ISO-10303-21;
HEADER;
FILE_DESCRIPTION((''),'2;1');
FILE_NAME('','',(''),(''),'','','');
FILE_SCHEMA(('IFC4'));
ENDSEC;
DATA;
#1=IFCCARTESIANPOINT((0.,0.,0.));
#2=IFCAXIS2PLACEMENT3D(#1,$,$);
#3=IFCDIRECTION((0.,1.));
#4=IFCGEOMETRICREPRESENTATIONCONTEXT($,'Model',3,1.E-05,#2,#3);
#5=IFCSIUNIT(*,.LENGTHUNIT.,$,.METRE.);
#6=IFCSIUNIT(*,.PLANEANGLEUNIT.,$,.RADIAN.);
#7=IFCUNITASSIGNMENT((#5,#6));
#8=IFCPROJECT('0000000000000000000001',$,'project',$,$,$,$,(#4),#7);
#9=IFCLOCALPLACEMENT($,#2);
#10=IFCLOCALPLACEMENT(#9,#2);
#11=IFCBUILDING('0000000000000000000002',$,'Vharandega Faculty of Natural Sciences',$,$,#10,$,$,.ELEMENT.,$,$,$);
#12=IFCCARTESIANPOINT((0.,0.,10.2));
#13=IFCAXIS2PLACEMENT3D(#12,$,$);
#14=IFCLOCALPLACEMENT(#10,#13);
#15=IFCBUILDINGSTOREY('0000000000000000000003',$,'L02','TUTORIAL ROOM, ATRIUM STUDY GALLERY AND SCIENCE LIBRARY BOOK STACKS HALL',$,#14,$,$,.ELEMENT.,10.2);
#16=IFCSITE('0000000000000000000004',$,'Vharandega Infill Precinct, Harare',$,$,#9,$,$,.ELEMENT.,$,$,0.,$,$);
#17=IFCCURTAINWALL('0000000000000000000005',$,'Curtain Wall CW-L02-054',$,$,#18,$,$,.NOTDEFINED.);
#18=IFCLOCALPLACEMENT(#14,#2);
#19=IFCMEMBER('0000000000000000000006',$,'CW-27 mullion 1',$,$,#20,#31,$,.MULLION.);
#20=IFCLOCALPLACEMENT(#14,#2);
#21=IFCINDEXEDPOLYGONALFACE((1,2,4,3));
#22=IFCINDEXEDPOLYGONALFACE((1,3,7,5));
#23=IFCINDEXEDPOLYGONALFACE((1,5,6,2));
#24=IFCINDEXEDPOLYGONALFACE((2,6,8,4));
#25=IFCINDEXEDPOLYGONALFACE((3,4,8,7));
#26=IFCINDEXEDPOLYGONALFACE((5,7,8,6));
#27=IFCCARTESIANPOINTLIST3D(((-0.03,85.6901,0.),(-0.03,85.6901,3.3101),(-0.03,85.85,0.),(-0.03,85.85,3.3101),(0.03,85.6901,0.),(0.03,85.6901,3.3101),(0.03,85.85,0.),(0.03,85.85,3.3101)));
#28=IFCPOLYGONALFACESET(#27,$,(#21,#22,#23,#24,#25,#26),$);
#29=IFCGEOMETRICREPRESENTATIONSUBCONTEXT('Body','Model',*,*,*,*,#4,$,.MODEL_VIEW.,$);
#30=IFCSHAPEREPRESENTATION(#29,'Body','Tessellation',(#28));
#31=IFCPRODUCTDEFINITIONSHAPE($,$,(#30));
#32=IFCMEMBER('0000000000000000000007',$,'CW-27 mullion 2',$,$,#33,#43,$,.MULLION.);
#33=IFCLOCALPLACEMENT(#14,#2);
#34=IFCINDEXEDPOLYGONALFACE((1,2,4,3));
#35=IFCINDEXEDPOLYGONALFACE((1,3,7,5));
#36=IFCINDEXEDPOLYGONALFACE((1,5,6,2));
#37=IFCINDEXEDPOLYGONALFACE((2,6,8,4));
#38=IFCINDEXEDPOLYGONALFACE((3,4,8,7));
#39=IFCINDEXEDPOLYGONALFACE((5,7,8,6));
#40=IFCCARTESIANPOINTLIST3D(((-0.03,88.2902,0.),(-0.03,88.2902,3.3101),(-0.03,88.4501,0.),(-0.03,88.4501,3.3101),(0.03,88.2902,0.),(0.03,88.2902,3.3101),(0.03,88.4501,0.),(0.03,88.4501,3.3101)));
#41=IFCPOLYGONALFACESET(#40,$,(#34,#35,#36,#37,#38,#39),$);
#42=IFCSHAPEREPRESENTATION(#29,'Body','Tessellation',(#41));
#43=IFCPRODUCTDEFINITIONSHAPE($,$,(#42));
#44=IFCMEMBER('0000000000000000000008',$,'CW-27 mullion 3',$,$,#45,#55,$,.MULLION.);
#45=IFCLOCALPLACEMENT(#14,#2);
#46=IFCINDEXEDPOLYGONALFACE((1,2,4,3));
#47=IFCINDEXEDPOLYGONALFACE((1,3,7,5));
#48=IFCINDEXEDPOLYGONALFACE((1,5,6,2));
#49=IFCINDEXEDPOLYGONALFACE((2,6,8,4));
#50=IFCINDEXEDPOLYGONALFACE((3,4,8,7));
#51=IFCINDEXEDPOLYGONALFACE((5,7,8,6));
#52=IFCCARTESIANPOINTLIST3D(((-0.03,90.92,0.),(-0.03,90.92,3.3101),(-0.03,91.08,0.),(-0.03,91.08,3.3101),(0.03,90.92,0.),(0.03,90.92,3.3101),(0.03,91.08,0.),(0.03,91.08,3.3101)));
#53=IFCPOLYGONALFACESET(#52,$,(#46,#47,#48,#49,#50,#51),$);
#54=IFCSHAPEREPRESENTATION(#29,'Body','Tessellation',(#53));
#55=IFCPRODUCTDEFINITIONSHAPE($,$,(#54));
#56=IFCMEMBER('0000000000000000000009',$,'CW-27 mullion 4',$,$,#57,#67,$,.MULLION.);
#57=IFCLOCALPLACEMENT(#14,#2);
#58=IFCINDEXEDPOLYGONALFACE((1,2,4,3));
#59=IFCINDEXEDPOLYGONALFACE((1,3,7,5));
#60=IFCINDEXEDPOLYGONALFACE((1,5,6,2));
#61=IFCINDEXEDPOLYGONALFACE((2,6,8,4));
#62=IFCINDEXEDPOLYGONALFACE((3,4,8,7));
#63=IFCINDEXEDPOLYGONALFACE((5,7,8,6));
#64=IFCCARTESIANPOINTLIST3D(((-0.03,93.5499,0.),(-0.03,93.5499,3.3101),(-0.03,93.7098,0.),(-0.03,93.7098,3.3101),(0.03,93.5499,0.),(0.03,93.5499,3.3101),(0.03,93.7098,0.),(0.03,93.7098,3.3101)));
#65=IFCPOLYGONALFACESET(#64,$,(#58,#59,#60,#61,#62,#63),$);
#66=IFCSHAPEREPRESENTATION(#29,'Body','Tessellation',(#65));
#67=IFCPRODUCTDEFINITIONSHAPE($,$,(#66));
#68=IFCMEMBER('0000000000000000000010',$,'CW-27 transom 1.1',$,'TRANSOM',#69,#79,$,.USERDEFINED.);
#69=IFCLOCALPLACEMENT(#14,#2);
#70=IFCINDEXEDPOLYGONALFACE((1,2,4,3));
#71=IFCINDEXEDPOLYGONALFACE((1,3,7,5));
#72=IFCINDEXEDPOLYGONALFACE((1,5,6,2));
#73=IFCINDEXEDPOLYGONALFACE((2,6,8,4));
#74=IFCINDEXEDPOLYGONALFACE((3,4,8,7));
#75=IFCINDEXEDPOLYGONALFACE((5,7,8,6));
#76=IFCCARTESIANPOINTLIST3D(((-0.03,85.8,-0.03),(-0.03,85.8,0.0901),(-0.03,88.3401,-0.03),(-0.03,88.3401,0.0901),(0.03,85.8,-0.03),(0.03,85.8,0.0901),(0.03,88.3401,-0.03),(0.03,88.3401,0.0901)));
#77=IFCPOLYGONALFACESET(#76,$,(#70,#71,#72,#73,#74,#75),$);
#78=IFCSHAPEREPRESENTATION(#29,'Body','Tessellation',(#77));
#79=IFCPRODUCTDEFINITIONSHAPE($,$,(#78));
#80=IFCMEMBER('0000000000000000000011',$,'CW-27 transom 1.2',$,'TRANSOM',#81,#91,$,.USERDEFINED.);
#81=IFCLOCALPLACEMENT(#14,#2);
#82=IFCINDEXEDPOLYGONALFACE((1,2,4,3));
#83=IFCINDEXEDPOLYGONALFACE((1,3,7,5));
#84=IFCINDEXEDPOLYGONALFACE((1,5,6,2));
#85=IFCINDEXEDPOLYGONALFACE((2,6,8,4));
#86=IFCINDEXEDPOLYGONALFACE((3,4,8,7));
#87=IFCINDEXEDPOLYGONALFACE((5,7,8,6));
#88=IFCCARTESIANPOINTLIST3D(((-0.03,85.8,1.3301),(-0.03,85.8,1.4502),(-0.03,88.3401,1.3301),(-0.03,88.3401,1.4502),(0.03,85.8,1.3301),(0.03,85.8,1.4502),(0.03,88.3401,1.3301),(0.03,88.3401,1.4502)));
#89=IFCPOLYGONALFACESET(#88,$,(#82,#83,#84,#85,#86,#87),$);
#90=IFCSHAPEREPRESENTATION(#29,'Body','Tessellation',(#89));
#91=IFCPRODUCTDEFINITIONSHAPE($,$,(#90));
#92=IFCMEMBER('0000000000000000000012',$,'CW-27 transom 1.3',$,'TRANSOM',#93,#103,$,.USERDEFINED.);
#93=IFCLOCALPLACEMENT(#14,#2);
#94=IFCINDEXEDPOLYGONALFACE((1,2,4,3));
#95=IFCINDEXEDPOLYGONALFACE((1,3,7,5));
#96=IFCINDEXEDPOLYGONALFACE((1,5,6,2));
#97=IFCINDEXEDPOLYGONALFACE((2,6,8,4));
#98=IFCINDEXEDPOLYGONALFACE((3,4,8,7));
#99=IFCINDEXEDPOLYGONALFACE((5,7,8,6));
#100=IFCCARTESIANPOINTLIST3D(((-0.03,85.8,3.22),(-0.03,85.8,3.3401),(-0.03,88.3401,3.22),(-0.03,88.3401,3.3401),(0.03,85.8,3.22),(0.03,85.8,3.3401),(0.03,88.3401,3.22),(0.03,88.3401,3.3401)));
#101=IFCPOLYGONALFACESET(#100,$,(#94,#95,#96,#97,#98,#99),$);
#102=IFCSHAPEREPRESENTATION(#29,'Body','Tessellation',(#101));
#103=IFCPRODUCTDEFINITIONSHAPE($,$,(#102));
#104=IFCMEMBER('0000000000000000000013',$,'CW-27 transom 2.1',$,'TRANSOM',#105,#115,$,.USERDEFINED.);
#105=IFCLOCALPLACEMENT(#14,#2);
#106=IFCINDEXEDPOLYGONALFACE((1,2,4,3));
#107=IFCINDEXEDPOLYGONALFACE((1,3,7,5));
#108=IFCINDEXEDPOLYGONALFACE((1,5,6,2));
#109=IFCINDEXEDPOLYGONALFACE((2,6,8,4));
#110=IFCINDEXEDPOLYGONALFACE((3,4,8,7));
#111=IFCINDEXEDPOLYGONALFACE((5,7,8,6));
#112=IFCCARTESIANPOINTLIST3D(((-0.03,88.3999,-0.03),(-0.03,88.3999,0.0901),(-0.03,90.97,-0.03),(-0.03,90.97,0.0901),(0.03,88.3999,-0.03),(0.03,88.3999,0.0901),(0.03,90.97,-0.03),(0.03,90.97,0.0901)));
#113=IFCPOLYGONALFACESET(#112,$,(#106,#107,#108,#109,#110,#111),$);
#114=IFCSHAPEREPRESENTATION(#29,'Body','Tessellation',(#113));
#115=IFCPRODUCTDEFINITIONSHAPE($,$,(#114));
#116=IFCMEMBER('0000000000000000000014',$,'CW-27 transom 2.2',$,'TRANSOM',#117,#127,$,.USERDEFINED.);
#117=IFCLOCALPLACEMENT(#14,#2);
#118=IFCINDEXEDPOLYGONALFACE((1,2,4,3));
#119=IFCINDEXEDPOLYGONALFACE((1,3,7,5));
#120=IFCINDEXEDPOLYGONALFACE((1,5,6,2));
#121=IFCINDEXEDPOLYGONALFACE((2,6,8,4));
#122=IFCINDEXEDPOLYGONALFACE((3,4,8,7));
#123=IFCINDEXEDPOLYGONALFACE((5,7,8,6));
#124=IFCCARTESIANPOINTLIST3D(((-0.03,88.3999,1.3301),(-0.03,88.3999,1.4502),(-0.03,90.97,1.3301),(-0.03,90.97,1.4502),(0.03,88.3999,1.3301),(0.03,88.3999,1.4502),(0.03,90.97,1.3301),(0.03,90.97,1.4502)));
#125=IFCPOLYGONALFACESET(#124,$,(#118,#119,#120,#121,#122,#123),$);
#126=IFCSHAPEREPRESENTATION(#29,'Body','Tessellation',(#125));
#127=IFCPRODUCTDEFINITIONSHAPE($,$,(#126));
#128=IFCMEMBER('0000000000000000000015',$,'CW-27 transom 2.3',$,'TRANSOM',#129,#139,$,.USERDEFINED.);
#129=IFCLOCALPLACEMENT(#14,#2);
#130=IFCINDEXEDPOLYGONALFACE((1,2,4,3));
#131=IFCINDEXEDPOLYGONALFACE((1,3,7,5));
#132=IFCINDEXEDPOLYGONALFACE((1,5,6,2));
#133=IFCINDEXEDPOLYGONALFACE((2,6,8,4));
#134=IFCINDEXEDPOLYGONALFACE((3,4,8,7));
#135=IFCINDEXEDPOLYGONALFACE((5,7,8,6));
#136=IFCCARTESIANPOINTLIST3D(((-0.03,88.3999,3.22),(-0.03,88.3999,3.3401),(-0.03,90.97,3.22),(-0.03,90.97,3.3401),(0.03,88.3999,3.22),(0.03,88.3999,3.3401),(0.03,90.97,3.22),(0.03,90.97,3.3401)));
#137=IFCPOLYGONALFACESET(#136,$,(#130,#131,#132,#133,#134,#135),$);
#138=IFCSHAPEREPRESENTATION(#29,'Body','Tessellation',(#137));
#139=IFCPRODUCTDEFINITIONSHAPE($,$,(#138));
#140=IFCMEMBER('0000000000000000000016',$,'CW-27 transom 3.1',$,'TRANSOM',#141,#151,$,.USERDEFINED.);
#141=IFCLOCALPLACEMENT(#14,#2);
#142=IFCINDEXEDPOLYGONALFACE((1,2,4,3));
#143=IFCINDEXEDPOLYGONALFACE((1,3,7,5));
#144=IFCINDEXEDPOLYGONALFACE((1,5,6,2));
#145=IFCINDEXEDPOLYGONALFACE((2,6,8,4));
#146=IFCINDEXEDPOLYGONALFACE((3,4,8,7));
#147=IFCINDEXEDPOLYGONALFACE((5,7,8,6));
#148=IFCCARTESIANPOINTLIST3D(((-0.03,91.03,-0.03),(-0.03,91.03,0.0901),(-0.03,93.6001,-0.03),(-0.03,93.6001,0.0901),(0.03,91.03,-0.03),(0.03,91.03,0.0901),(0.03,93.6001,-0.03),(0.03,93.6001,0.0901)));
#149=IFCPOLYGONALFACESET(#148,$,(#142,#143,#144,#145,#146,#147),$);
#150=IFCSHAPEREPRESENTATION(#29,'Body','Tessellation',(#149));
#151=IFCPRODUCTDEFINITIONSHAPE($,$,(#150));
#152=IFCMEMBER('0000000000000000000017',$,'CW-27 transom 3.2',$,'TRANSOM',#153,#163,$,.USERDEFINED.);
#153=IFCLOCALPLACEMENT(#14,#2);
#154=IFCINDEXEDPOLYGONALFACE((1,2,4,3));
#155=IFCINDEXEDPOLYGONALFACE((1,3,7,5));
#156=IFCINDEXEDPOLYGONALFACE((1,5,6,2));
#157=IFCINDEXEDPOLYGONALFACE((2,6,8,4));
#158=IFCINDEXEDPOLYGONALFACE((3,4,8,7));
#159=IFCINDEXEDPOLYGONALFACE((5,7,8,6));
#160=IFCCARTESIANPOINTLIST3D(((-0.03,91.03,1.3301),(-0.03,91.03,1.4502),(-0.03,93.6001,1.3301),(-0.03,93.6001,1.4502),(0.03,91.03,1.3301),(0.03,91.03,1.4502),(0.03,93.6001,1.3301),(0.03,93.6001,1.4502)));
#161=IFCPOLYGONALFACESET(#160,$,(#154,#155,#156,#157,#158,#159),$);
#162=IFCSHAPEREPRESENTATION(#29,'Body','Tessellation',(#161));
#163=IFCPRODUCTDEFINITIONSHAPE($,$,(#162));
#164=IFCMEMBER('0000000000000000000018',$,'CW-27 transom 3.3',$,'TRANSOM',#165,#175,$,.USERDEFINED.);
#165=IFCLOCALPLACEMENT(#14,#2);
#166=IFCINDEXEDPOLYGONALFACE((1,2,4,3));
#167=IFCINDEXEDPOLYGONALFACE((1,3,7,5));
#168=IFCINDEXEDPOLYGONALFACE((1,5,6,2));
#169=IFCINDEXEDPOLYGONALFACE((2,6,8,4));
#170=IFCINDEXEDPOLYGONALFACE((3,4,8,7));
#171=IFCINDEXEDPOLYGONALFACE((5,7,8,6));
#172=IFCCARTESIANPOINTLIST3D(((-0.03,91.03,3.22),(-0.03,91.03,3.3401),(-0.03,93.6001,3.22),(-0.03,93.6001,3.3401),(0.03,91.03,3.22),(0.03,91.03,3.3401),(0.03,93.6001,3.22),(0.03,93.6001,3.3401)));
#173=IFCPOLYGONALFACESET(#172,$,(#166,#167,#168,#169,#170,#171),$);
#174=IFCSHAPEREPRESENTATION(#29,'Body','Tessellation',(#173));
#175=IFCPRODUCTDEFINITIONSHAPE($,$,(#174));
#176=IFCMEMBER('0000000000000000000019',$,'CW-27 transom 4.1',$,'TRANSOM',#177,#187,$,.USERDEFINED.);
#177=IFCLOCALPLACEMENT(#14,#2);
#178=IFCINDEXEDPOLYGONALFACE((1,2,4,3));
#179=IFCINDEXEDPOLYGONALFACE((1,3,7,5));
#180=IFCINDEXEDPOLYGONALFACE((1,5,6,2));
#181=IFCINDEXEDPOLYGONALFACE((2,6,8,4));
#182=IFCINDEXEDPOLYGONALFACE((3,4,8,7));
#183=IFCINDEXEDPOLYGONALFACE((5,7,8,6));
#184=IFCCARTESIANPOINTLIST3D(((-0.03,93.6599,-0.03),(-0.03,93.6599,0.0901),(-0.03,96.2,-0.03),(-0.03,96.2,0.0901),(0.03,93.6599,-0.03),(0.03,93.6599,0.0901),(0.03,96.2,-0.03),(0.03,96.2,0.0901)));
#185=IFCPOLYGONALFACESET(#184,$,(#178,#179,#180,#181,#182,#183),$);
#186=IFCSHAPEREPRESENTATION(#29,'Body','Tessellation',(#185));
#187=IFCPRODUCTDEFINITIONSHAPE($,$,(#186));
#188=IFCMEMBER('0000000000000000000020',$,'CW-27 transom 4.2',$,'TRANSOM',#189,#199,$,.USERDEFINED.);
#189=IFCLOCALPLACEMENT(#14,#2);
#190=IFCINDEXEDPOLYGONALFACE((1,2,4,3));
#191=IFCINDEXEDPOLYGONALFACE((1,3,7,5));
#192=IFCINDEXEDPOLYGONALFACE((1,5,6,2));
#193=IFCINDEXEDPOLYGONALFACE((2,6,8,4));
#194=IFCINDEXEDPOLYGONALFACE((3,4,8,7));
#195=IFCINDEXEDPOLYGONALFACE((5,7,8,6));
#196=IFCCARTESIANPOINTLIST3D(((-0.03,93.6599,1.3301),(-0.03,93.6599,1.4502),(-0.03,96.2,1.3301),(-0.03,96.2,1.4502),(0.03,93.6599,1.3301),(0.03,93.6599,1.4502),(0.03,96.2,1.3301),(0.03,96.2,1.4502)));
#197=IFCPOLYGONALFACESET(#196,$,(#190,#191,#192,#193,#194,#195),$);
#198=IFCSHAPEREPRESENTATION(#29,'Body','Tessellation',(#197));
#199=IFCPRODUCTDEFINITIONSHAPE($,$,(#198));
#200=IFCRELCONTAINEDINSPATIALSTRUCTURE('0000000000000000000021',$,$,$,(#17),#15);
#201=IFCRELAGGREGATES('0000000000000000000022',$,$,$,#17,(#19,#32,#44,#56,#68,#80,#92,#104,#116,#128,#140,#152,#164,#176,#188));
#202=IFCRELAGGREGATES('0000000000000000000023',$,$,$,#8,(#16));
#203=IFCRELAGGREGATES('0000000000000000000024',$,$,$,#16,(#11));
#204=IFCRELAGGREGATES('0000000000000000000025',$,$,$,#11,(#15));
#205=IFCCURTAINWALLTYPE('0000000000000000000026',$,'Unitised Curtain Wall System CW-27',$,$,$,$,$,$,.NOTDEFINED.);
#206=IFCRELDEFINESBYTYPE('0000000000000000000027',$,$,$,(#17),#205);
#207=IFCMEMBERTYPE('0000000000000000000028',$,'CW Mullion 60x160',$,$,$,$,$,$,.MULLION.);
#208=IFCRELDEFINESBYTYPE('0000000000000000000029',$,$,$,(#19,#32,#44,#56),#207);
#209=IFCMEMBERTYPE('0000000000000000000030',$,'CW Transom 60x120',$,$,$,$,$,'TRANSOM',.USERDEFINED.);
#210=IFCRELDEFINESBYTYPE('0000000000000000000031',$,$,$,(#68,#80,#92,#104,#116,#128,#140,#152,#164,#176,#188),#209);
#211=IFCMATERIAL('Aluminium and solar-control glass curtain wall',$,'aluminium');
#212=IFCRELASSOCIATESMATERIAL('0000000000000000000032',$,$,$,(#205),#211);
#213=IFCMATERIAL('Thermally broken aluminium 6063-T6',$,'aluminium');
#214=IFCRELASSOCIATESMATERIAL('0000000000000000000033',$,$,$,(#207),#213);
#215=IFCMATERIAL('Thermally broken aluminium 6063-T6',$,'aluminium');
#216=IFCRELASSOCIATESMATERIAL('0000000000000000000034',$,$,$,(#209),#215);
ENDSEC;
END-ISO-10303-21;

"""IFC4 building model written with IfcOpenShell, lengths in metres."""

from ifc_helpers import new_model, si_unit, direction, frame, origin, origin_2d, place, context, subcontext, project, spatial, rectangle, extrude, material, material_profile, profile_set, type_object, element, aggregate, save


model = new_model("IFC4")

# Units and contexts
model_context = context("Model", 3, precision=1e-05, world=origin(), true_north=direction((0.0, 1.0)))
body_context = subcontext(model_context, "Body", "Model", "MODEL_VIEW")
ifc_project = project(units=[si_unit("LENGTHUNIT", "METRE"), si_unit("PLANEANGLEUNIT", "RADIAN")], contexts=[model_context])

# Site, building, storey
site_placement = place(None, origin())
site = spatial("IfcSite", under=ifc_project, at=site_placement, Name="Vharandega Infill Precinct, Harare", CompositionType="ELEMENT", RefElevation=0.0)
building_placement = place(site_placement, origin())
building = spatial("IfcBuilding", under=site, at=building_placement, Name="Vharandega Faculty of Natural Sciences", CompositionType="ELEMENT")
storey_placement = place(building_placement, frame((0.0, 0.0, 10.2)))
storey = spatial("IfcBuildingStorey", under=building, at=storey_placement, Name="L02", Description="TUTORIAL ROOM, ATRIUM STUDY GALLERY AND SCIENCE LIBRARY BOOK STACKS HALL", CompositionType="ELEMENT", Elevation=10.2)

# Curtain wall, members
ifc_material_1 = material(Name="Aluminium and solar-control glass curtain wall", Category="aluminium")
curtain_wall_type = type_object("IfcCurtainWallType", Name="Unitised Curtain Wall System CW-27", PredefinedType="NOTDEFINED", material=ifc_material_1)
curtain_wall_placement = place(storey_placement, origin())
curtain_wall = element("IfcCurtainWall", 1, at=curtain_wall_placement, inside=storey, type_object=curtain_wall_type, Name="Curtain Wall CW-L02-054", PredefinedType="NOTDEFINED")
ifc_material_2 = material(Name="Thermally broken aluminium 6063-T6", Category="aluminium")
ifc_material_profile_1 = material_profile(ifc_material_2, rectangle(XDim=0.0601, YDim=0.1599, at=origin_2d()), Name="ALU 60x160")
ifc_profile_set_1 = profile_set([ifc_material_profile_1], Name="Thermally broken aluminium 6063-T6")
member_type_1 = type_object("IfcMemberType", Name="CW Mullion 60x160", PredefinedType="MULLION", material=ifc_profile_set_1)
member_1_placement = place(storey_placement, frame((0.0, 85.77, 0.0), z_axis=(0.0, 0.0, 1.0), x_axis=(-1.0, 0.0, 0.0)))
member_1 = element("IfcMember", 2, at=member_1_placement, type_object=member_type_1, Name="CW-27 mullion 1", PredefinedType="MULLION", context=body_context, shape_type="SweptSolid", body=[
    extrude(rectangle(XDim=0.0601, YDim=0.1599, at=origin_2d()), origin(), (0.0, 0.0, 1.0), 3.3101),
])
member_2_placement = place(storey_placement, frame((0.0, 88.3701, 0.0), z_axis=(0.0, 0.0, 1.0), x_axis=(-1.0, 0.0, 0.0)))
member_2 = element("IfcMember", 3, at=member_2_placement, type_object=member_type_1, Name="CW-27 mullion 2", PredefinedType="MULLION", context=body_context, shape_type="SweptSolid", body=[
    extrude(rectangle(XDim=0.0601, YDim=0.1599, at=origin_2d()), origin(), (0.0, 0.0, 1.0), 3.3101),
])
member_3_placement = place(storey_placement, frame((0.0, 91.0, 0.0), z_axis=(0.0, 0.0, 1.0), x_axis=(-1.0, 0.0, 0.0)))
member_3 = element("IfcMember", 4, at=member_3_placement, type_object=member_type_1, Name="CW-27 mullion 3", PredefinedType="MULLION", context=body_context, shape_type="SweptSolid", body=[
    extrude(rectangle(XDim=0.0601, YDim=0.1599, at=origin_2d()), origin(), (0.0, 0.0, 1.0), 3.3101),
])
member_4_placement = place(storey_placement, frame((0.0, 93.6299, 0.0), z_axis=(0.0, 0.0, 1.0), x_axis=(-1.0, 0.0, 0.0)))
member_4 = element("IfcMember", 5, at=member_4_placement, type_object=member_type_1, Name="CW-27 mullion 4", PredefinedType="MULLION", context=body_context, shape_type="SweptSolid", body=[
    extrude(rectangle(XDim=0.0601, YDim=0.1599, at=origin_2d()), origin(), (0.0, 0.0, 1.0), 3.3101),
])
ifc_material_3 = material(Name="Thermally broken aluminium 6063-T6", Category="aluminium")
ifc_material_profile_2 = material_profile(ifc_material_3, rectangle(XDim=0.0601, YDim=0.1201, at=origin_2d()), Name="ALU 60x120")
ifc_profile_set_2 = profile_set([ifc_material_profile_2], Name="Thermally broken aluminium 6063-T6")
member_type_2 = type_object("IfcMemberType", Name="CW Transom 60x120", ElementType="TRANSOM", PredefinedType="USERDEFINED", material=ifc_profile_set_2)
member_5_placement = place(storey_placement, frame((0.0, 85.8, 0.03), z_axis=(0.0, 1.0, 0.0), x_axis=(-1.0, 0.0, 0.0)))
member_5 = element("IfcMember", 6, at=member_5_placement, type_object=member_type_2, Name="CW-27 transom 1.1", ObjectType="TRANSOM", PredefinedType="USERDEFINED", context=body_context, shape_type="SweptSolid", body=[
    extrude(rectangle(XDim=0.0601, YDim=0.1201, at=origin_2d()), origin(), (0.0, 0.0, 1.0), 2.54),
])
member_6_placement = place(storey_placement, frame((0.0, 85.8, 1.3901), z_axis=(0.0, 1.0, 0.0), x_axis=(-1.0, 0.0, 0.0)))
member_6 = element("IfcMember", 7, at=member_6_placement, type_object=member_type_2, Name="CW-27 transom 1.2", ObjectType="TRANSOM", PredefinedType="USERDEFINED", context=body_context, shape_type="SweptSolid", body=[
    extrude(rectangle(XDim=0.0601, YDim=0.1201, at=origin_2d()), origin(), (0.0, 0.0, 1.0), 2.54),
])
member_7_placement = place(storey_placement, frame((0.0, 85.8, 3.28), z_axis=(0.0, 1.0, 0.0), x_axis=(-1.0, 0.0, 0.0)))
member_7 = element("IfcMember", 8, at=member_7_placement, type_object=member_type_2, Name="CW-27 transom 1.3", ObjectType="TRANSOM", PredefinedType="USERDEFINED", context=body_context, shape_type="SweptSolid", body=[
    extrude(rectangle(XDim=0.0601, YDim=0.1201, at=origin_2d()), origin(), (0.0, 0.0, 1.0), 2.54),
])
member_8_placement = place(storey_placement, frame((0.0, 88.3999, 0.03), z_axis=(0.0, 1.0, 0.0), x_axis=(-1.0, 0.0, 0.0)))
member_8 = element("IfcMember", 9, at=member_8_placement, type_object=member_type_2, Name="CW-27 transom 2.1", ObjectType="TRANSOM", PredefinedType="USERDEFINED", context=body_context, shape_type="SweptSolid", body=[
    extrude(rectangle(XDim=0.0601, YDim=0.1201, at=origin_2d()), origin(), (0.0, 0.0, 1.0), 2.5701),
])
member_9_placement = place(storey_placement, frame((0.0, 88.3999, 1.3901), z_axis=(0.0, 1.0, 0.0), x_axis=(-1.0, 0.0, 0.0)))
member_9 = element("IfcMember", 10, at=member_9_placement, type_object=member_type_2, Name="CW-27 transom 2.2", ObjectType="TRANSOM", PredefinedType="USERDEFINED", context=body_context, shape_type="SweptSolid", body=[
    extrude(rectangle(XDim=0.0601, YDim=0.1201, at=origin_2d()), origin(), (0.0, 0.0, 1.0), 2.5701),
])
member_10_placement = place(storey_placement, frame((0.0, 88.3999, 3.28), z_axis=(0.0, 1.0, 0.0), x_axis=(-1.0, 0.0, 0.0)))
member_10 = element("IfcMember", 11, at=member_10_placement, type_object=member_type_2, Name="CW-27 transom 2.3", ObjectType="TRANSOM", PredefinedType="USERDEFINED", context=body_context, shape_type="SweptSolid", body=[
    extrude(rectangle(XDim=0.0601, YDim=0.1201, at=origin_2d()), origin(), (0.0, 0.0, 1.0), 2.5701),
])
member_11_placement = place(storey_placement, frame((0.0, 91.03, 0.03), z_axis=(0.0, 1.0, 0.0), x_axis=(-1.0, 0.0, 0.0)))
member_11 = element("IfcMember", 12, at=member_11_placement, type_object=member_type_2, Name="CW-27 transom 3.1", ObjectType="TRANSOM", PredefinedType="USERDEFINED", context=body_context, shape_type="SweptSolid", body=[
    extrude(rectangle(XDim=0.0601, YDim=0.1201, at=origin_2d()), origin(), (0.0, 0.0, 1.0), 2.5701),
])
member_12_placement = place(storey_placement, frame((0.0, 91.03, 1.3901), z_axis=(0.0, 1.0, 0.0), x_axis=(-1.0, 0.0, 0.0)))
member_12 = element("IfcMember", 13, at=member_12_placement, type_object=member_type_2, Name="CW-27 transom 3.2", ObjectType="TRANSOM", PredefinedType="USERDEFINED", context=body_context, shape_type="SweptSolid", body=[
    extrude(rectangle(XDim=0.0601, YDim=0.1201, at=origin_2d()), origin(), (0.0, 0.0, 1.0), 2.5701),
])
member_13_placement = place(storey_placement, frame((0.0, 91.03, 3.28), z_axis=(0.0, 1.0, 0.0), x_axis=(-1.0, 0.0, 0.0)))
member_13 = element("IfcMember", 14, at=member_13_placement, type_object=member_type_2, Name="CW-27 transom 3.3", ObjectType="TRANSOM", PredefinedType="USERDEFINED", context=body_context, shape_type="SweptSolid", body=[
    extrude(rectangle(XDim=0.0601, YDim=0.1201, at=origin_2d()), origin(), (0.0, 0.0, 1.0), 2.5701),
])
member_14_placement = place(storey_placement, frame((0.0, 93.6599, 0.03), z_axis=(0.0, 1.0, 0.0), x_axis=(-1.0, 0.0, 0.0)))
member_14 = element("IfcMember", 15, at=member_14_placement, type_object=member_type_2, Name="CW-27 transom 4.1", ObjectType="TRANSOM", PredefinedType="USERDEFINED", context=body_context, shape_type="SweptSolid", body=[
    extrude(rectangle(XDim=0.0601, YDim=0.1201, at=origin_2d()), origin(), (0.0, 0.0, 1.0), 2.54),
])
member_15_placement = place(storey_placement, frame((0.0, 93.6599, 1.3901), z_axis=(0.0, 1.0, 0.0), x_axis=(-1.0, 0.0, 0.0)))
member_15 = element("IfcMember", 16, at=member_15_placement, type_object=member_type_2, Name="CW-27 transom 4.2", ObjectType="TRANSOM", PredefinedType="USERDEFINED", context=body_context, shape_type="SweptSolid", body=[
    extrude(rectangle(XDim=0.0601, YDim=0.1201, at=origin_2d()), origin(), (0.0, 0.0, 1.0), 2.54),
])
aggregate(curtain_wall, [member_1, member_2, member_3, member_4, member_5, member_6, member_7, member_8, member_9, member_10, member_11, member_12, member_13, member_14, member_15])

save(model, "model.ifc")
